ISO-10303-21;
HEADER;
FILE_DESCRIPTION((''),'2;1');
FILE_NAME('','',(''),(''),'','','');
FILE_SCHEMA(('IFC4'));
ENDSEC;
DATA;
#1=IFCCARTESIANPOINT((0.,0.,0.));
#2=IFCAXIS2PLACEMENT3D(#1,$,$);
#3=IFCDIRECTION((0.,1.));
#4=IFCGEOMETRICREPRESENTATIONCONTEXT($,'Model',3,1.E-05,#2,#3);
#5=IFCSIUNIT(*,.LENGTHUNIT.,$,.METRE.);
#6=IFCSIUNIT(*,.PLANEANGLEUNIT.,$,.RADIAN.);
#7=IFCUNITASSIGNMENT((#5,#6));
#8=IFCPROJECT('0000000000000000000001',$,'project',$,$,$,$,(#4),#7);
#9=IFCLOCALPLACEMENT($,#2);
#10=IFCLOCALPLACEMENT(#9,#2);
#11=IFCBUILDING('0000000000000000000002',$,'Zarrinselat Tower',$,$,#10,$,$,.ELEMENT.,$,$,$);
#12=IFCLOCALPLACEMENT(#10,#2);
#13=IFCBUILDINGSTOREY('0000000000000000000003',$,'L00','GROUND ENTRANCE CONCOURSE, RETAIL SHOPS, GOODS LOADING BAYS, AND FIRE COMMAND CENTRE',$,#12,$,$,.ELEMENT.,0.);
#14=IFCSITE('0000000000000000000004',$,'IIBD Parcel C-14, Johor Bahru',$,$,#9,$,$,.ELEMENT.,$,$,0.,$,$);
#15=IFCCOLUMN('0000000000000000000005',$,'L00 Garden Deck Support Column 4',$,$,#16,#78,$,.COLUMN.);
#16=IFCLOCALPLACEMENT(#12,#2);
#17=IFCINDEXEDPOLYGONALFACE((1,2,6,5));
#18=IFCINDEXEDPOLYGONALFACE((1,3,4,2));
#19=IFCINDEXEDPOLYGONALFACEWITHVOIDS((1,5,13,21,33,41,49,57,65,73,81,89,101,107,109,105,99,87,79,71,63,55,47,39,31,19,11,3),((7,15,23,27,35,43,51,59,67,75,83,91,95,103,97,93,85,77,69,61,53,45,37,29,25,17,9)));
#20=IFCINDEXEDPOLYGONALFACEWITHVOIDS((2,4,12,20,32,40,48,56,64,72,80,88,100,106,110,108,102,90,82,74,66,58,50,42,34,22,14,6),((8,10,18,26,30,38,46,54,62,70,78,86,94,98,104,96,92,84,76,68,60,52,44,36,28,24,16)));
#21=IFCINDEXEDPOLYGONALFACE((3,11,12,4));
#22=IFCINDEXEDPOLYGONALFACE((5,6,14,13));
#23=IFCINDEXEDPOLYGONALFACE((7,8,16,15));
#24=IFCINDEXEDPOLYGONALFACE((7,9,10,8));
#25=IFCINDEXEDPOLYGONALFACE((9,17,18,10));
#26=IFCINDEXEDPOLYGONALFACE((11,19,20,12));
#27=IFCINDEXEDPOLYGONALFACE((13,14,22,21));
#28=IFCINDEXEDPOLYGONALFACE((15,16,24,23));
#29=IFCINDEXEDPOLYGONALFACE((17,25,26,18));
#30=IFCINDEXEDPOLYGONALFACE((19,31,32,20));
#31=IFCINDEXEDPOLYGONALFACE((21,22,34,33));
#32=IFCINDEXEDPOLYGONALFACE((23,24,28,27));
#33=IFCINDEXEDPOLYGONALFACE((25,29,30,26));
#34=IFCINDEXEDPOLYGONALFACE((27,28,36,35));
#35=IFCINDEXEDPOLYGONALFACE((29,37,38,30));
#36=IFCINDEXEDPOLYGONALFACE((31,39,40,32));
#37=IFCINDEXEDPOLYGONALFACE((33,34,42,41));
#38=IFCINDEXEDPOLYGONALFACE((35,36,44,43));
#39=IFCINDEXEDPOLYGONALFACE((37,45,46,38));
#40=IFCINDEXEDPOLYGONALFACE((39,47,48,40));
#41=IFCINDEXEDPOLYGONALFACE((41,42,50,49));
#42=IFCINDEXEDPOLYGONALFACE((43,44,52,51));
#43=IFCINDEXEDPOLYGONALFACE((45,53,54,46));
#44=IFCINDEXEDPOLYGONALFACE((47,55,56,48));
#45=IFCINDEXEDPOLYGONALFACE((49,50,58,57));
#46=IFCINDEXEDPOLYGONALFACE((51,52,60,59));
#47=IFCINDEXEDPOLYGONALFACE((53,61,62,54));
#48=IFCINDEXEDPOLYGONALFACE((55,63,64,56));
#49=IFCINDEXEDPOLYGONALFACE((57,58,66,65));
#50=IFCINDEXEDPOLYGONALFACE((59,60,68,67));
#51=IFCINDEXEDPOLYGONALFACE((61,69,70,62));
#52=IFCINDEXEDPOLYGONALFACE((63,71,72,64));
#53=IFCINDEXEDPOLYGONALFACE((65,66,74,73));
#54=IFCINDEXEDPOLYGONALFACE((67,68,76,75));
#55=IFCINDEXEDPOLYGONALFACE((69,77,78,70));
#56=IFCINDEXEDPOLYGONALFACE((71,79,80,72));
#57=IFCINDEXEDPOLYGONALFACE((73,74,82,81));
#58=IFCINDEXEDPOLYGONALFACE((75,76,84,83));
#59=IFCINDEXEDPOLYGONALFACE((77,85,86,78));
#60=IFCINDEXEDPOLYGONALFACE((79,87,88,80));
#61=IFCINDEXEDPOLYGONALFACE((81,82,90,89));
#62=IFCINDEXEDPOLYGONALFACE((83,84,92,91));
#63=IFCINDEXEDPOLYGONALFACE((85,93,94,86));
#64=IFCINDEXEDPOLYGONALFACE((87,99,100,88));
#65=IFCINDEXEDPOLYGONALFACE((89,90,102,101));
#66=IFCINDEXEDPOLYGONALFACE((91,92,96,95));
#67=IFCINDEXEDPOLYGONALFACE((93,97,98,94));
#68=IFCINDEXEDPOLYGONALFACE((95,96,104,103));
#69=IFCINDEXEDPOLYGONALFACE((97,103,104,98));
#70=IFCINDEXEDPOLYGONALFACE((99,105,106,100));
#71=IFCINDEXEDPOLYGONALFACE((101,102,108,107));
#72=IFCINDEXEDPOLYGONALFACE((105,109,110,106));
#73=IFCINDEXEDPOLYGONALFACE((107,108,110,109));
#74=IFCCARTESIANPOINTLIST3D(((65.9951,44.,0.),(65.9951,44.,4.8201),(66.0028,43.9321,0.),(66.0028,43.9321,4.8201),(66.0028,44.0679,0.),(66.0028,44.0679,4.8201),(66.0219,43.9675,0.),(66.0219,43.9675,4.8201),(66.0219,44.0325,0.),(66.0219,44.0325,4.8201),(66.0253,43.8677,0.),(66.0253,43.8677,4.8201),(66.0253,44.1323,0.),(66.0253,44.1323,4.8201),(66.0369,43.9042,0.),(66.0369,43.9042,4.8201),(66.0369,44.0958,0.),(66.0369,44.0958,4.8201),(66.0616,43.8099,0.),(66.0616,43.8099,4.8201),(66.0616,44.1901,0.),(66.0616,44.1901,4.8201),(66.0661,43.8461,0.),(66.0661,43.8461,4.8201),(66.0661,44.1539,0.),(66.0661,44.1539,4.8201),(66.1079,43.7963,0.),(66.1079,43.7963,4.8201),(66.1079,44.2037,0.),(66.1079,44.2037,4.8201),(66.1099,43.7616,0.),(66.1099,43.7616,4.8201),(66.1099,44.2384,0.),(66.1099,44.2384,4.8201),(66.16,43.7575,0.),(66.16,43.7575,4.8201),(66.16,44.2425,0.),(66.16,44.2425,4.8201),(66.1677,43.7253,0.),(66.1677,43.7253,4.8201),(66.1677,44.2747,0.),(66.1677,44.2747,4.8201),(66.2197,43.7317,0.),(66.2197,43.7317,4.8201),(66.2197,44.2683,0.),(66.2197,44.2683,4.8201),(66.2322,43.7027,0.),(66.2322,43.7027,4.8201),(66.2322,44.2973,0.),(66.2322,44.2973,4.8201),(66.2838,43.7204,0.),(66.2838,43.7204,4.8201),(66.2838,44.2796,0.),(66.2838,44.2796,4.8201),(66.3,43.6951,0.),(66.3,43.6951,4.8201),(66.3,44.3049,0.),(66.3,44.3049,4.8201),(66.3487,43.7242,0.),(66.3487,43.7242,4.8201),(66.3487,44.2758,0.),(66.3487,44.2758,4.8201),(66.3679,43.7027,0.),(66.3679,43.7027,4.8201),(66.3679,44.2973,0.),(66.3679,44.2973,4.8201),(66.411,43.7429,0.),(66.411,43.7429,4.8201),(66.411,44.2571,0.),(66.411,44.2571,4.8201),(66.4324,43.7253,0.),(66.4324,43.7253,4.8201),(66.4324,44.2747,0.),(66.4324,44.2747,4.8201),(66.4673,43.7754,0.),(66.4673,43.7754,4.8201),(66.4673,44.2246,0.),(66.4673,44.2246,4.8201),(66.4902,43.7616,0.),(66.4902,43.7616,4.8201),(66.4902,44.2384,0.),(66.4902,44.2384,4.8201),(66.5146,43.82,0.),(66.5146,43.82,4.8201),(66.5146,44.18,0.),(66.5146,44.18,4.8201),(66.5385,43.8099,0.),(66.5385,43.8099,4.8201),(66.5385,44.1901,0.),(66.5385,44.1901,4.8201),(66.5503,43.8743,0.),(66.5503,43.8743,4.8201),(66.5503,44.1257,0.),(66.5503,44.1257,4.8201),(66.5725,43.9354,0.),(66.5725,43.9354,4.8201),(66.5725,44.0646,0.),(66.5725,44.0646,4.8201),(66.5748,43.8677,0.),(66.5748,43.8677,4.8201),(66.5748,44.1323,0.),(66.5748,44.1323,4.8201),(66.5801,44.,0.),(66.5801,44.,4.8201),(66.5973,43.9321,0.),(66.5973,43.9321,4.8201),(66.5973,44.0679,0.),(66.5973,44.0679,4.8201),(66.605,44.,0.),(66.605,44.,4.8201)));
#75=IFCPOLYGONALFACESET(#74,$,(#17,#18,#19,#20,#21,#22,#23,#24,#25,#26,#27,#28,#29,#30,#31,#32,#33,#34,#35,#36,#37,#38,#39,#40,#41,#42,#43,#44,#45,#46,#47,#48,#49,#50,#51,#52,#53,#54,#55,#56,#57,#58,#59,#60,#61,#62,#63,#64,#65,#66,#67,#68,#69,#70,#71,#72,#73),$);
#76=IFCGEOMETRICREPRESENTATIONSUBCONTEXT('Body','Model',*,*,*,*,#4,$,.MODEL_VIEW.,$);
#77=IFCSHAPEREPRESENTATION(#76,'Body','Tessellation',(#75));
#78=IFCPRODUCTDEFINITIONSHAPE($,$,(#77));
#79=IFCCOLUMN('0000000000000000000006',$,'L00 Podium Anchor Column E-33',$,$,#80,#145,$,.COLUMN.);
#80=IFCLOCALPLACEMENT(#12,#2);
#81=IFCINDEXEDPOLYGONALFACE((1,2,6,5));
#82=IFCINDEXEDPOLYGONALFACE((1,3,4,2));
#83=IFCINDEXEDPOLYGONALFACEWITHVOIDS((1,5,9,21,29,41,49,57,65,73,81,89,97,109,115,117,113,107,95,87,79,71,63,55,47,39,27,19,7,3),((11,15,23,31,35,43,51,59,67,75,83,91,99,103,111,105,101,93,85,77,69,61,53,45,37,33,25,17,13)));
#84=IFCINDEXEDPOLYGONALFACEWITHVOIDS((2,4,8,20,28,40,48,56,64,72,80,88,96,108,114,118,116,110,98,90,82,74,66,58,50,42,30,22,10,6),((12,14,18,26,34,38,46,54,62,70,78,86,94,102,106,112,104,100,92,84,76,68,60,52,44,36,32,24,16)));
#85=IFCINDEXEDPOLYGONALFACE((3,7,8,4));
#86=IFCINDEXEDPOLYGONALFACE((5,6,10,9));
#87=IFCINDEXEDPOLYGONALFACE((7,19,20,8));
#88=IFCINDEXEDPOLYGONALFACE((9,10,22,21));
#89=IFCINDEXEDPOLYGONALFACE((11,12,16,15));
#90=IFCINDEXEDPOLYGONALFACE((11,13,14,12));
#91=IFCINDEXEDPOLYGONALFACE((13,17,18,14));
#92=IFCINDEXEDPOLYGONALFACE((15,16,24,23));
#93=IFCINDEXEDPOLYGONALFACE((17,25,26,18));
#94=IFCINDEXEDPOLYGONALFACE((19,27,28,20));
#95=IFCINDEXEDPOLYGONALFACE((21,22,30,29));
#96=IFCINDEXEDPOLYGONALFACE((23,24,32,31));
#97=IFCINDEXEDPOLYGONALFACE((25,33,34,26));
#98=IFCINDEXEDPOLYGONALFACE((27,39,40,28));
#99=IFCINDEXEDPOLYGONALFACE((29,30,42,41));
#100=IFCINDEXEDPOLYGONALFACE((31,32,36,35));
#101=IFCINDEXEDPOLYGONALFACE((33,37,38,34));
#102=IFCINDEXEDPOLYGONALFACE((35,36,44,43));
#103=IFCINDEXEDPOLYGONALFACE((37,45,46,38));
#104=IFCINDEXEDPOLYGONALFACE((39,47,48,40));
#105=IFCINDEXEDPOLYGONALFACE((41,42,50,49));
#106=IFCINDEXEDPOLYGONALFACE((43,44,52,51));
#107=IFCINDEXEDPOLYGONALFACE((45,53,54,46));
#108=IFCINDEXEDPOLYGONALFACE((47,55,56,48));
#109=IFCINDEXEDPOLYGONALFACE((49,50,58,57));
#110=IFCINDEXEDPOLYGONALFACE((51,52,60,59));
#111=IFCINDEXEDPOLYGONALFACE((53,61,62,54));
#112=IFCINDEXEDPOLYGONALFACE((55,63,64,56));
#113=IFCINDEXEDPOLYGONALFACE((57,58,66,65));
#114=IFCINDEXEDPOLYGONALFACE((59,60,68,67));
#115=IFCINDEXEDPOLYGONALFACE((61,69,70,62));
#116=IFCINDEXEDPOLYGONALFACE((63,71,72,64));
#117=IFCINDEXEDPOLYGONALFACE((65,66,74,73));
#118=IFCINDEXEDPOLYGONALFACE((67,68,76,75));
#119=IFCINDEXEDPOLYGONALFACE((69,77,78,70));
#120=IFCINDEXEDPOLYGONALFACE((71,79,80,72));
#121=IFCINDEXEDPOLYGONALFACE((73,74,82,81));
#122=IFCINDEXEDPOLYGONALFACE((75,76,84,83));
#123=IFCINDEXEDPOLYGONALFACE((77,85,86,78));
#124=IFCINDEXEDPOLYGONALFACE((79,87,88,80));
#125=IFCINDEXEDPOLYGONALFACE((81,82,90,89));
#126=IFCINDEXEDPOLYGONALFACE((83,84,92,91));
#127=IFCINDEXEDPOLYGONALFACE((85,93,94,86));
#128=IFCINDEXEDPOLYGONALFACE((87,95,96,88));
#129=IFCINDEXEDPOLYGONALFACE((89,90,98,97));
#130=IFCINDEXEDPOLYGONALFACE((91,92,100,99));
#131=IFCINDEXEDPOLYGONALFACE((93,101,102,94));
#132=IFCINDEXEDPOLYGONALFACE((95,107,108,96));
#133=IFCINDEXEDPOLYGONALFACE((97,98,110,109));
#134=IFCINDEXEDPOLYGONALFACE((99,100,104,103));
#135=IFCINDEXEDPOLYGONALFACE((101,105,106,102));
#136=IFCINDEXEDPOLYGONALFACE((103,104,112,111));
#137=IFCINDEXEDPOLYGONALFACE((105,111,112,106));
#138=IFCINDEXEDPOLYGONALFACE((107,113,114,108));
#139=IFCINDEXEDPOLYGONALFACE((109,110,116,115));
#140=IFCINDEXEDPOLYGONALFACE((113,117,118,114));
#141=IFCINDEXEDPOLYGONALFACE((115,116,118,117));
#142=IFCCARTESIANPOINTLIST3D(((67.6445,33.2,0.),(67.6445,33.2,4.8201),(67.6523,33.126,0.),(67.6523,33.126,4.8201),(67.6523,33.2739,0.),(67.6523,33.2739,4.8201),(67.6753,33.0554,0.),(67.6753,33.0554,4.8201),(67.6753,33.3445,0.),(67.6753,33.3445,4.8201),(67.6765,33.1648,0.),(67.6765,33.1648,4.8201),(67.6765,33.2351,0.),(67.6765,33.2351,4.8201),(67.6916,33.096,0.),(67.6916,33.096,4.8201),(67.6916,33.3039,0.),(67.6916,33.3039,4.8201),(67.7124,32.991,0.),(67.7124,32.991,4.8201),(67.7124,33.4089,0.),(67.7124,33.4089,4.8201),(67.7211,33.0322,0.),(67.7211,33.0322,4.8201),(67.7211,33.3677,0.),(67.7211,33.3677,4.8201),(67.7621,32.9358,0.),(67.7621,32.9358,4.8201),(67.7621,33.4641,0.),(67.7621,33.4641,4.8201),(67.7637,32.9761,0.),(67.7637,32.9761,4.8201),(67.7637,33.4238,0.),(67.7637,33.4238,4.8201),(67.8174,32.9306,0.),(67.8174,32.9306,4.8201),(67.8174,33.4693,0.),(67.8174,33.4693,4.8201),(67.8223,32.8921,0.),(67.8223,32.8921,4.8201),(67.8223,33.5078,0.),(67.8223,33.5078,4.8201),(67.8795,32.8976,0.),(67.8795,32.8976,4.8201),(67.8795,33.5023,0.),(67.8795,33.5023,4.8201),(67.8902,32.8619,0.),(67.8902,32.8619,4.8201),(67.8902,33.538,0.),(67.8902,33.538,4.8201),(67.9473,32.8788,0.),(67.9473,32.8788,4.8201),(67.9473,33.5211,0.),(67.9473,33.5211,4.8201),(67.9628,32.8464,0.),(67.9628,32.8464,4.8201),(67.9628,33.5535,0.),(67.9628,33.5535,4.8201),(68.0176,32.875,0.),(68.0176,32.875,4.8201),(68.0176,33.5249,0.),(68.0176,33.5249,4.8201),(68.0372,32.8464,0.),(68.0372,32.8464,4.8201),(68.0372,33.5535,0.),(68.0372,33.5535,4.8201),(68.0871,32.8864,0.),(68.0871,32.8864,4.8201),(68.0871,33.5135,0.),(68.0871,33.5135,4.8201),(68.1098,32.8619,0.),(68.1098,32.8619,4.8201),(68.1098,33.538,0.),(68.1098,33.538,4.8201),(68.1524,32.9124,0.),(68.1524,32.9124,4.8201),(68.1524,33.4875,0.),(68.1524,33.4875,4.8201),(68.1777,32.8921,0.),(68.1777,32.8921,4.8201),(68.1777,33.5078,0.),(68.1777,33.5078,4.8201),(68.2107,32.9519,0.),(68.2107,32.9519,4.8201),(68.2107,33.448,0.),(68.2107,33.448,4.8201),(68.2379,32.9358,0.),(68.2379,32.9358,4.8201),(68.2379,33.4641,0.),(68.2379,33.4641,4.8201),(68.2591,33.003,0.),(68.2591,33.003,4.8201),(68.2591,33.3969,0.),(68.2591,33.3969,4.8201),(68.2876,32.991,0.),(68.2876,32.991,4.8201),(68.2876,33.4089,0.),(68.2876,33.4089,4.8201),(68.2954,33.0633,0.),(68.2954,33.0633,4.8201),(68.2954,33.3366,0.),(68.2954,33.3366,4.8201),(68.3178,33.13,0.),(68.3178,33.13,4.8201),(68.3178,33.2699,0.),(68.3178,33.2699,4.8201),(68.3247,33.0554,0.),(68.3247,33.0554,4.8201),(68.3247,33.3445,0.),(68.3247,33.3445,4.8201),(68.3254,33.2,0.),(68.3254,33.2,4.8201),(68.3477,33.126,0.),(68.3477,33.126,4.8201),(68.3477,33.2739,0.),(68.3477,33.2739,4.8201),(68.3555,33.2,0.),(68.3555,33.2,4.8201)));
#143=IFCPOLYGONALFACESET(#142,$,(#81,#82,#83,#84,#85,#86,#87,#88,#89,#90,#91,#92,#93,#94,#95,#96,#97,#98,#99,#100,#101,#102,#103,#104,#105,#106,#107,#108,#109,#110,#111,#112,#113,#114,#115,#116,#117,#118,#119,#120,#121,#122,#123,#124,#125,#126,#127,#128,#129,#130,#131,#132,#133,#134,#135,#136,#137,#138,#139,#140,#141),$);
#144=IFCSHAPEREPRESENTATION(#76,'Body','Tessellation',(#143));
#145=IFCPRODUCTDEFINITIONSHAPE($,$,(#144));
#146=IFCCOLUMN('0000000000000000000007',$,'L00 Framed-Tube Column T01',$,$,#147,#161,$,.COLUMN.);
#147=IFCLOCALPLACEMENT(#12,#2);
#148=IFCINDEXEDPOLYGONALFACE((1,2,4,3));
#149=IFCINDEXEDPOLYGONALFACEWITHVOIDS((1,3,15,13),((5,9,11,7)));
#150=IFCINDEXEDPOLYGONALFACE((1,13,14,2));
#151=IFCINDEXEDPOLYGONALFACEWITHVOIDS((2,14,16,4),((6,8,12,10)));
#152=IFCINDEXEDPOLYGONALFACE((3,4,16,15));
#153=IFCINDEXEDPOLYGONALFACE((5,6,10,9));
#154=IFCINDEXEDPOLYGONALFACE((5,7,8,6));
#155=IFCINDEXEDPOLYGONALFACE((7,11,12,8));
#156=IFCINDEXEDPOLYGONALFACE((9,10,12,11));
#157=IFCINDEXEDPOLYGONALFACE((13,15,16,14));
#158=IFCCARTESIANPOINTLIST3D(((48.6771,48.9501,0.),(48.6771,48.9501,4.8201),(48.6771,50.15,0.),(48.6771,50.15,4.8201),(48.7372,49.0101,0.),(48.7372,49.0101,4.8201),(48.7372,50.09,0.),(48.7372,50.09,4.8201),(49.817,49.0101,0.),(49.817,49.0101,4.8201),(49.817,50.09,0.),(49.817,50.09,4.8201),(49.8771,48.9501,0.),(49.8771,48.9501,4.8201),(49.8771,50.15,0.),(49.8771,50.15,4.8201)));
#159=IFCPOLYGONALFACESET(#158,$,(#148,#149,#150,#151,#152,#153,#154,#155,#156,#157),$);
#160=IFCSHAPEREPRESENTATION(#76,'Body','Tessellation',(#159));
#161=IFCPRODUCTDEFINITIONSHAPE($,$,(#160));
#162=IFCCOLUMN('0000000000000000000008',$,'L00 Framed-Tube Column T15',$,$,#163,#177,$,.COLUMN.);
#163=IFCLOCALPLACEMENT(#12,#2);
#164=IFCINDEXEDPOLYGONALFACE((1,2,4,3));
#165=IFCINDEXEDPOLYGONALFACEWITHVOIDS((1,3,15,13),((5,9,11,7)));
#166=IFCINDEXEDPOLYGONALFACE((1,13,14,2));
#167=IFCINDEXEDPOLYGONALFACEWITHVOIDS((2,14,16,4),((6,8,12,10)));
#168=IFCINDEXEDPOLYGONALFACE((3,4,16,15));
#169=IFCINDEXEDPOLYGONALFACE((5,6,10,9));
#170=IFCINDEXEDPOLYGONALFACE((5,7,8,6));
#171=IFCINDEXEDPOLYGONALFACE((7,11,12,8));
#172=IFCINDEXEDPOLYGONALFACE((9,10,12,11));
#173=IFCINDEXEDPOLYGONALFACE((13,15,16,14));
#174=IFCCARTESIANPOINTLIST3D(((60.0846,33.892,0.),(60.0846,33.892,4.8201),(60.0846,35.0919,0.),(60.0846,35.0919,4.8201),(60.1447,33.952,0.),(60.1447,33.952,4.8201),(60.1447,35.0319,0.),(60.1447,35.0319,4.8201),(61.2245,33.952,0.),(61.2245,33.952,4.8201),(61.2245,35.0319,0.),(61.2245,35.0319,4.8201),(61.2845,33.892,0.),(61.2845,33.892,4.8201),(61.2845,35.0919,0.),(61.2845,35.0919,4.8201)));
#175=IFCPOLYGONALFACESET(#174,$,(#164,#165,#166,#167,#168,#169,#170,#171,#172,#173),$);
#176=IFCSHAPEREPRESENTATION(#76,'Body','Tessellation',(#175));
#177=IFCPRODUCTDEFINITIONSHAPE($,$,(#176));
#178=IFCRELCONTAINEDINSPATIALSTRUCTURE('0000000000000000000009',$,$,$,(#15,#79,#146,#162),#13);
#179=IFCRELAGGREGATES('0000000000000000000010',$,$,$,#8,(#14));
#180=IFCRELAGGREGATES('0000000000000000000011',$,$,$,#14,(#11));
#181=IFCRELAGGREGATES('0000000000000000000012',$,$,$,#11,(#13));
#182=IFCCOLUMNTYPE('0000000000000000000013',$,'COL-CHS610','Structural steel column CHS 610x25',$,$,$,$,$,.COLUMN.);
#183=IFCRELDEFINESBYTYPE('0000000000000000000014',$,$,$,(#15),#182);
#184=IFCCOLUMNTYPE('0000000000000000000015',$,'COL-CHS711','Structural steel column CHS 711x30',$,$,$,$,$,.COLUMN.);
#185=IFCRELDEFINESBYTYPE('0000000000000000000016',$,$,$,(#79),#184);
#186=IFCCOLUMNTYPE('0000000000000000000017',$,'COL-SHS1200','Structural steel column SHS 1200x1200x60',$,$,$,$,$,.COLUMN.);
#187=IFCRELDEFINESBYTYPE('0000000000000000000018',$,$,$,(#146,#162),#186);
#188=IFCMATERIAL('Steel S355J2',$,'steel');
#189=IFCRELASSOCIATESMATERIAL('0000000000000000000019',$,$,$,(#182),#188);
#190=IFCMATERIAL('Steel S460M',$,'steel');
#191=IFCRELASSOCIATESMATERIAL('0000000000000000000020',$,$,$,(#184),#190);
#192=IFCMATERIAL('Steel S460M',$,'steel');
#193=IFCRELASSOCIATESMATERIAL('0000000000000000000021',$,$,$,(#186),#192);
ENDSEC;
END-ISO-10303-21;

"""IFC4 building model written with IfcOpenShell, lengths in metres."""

from ifc_helpers import new_model, si_unit, direction, frame, origin, origin_2d, place, context, subcontext, project, spatial, hollow_rectangle, hollow_circle, extrude, material, material_profile, profile_set, type_object, element, save


model = new_model("IFC4")

# Units and contexts
model_context = context("Model", 3, precision=1e-05, world=origin(), true_north=direction((0.0, 1.0)))
body_context = subcontext(model_context, "Body", "Model", "MODEL_VIEW")
ifc_project = project(units=[si_unit("LENGTHUNIT", "METRE"), si_unit("PLANEANGLEUNIT", "RADIAN")], contexts=[model_context])

# Site, building, storey
site_placement = place(None, origin())
site = spatial("IfcSite", under=ifc_project, at=site_placement, Name="IIBD Parcel C-14, Johor Bahru", CompositionType="ELEMENT", RefElevation=0.0)
building_placement = place(site_placement, origin())
building = spatial("IfcBuilding", under=site, at=building_placement, Name="Zarrinselat Tower", CompositionType="ELEMENT")
storey_placement = place(building_placement, origin())
storey = spatial("IfcBuildingStorey", under=building, at=storey_placement, Name="L00", Description="GROUND ENTRANCE CONCOURSE, RETAIL SHOPS, GOODS LOADING BAYS, AND FIRE COMMAND CENTRE", CompositionType="ELEMENT", Elevation=0.0)

# Columns
ifc_material_1 = material(Name="Steel S355J2", Category="steel")
ifc_material_profile_1 = material_profile(ifc_material_1, hollow_circle(Radius=0.3049, WallThickness=0.0249, at=origin_2d()), Name="CHS 610x25")
ifc_profile_set_1 = profile_set([ifc_material_profile_1], Name="Steel S355J2")
column_type_1 = type_object("IfcColumnType", Name="COL-CHS610", Description="Structural steel column CHS 610x25", PredefinedType="COLUMN", material=ifc_profile_set_1)
column_1_placement = place(storey_placement, frame((66.3, 44.0, 0.0), z_axis=(0.0, 0.0, 1.0), x_axis=(1.0, 0.0, 0.0)))
element("IfcColumn", 1, at=column_1_placement, inside=storey, type_object=column_type_1, Name="L00 Garden Deck Support Column 4", PredefinedType="COLUMN", context=body_context, shape_type="SweptSolid", body=[
    extrude(hollow_circle(Radius=0.3049, WallThickness=0.0249, at=origin_2d()), origin(), (0.0, 0.0, 1.0), 4.8201),
])
ifc_material_2 = material(Name="Steel S460M", Category="steel")
ifc_material_profile_2 = material_profile(ifc_material_2, hollow_circle(Radius=0.3555, WallThickness=0.03, at=origin_2d()), Name="CHS 711x30")
ifc_profile_set_2 = profile_set([ifc_material_profile_2], Name="Steel S460M")
column_type_2 = type_object("IfcColumnType", Name="COL-CHS711", Description="Structural steel column CHS 711x30", PredefinedType="COLUMN", material=ifc_profile_set_2)
column_2_placement = place(storey_placement, frame((68.0, 33.2, 0.0), z_axis=(0.0, 0.0, 1.0), x_axis=(1.0, 0.0, 0.0)))
element("IfcColumn", 2, at=column_2_placement, inside=storey, type_object=column_type_2, Name="L00 Podium Anchor Column E-33", PredefinedType="COLUMN", context=body_context, shape_type="SweptSolid", body=[
    extrude(hollow_circle(Radius=0.3555, WallThickness=0.03, at=origin_2d()), origin(), (0.0, 0.0, 1.0), 4.8201),
])
ifc_material_3 = material(Name="Steel S460M", Category="steel")
ifc_material_profile_3 = material_profile(ifc_material_3, hollow_rectangle(XDim=1.2, YDim=1.2, WallThickness=0.0601, at=origin_2d()), Name="SHS 1200x1200x60")
ifc_profile_set_3 = profile_set([ifc_material_profile_3], Name="Steel S460M")
column_type_3 = type_object("IfcColumnType", Name="COL-SHS1200", Description="Structural steel column SHS 1200x1200x60", PredefinedType="COLUMN", material=ifc_profile_set_3)
for number, where, z_axis, x_axis, name in (
    (3, (49.2771, 49.55, 0.0), (0.0, 0.0, 1.0), (1.0, 0.0, 0.0), "L00 Framed-Tube Column T01"),
    (4, (60.6846, 34.4919, 0.0), (0.0, 0.0, 1.0), (1.0, 0.0, 0.0), "L00 Framed-Tube Column T15"),
):
    element("IfcColumn", number, at=place(storey_placement, frame(where, z_axis=z_axis, x_axis=x_axis)), inside=storey, type_object=column_type_3, Name=name, PredefinedType="COLUMN", context=body_context, shape_type="SweptSolid", body=[
        extrude(hollow_rectangle(XDim=1.2, YDim=1.2, WallThickness=0.0601, at=origin_2d()), origin(), (0.0, 0.0, 1.0), 4.8201),
    ])

save(model, "model.ifc")
